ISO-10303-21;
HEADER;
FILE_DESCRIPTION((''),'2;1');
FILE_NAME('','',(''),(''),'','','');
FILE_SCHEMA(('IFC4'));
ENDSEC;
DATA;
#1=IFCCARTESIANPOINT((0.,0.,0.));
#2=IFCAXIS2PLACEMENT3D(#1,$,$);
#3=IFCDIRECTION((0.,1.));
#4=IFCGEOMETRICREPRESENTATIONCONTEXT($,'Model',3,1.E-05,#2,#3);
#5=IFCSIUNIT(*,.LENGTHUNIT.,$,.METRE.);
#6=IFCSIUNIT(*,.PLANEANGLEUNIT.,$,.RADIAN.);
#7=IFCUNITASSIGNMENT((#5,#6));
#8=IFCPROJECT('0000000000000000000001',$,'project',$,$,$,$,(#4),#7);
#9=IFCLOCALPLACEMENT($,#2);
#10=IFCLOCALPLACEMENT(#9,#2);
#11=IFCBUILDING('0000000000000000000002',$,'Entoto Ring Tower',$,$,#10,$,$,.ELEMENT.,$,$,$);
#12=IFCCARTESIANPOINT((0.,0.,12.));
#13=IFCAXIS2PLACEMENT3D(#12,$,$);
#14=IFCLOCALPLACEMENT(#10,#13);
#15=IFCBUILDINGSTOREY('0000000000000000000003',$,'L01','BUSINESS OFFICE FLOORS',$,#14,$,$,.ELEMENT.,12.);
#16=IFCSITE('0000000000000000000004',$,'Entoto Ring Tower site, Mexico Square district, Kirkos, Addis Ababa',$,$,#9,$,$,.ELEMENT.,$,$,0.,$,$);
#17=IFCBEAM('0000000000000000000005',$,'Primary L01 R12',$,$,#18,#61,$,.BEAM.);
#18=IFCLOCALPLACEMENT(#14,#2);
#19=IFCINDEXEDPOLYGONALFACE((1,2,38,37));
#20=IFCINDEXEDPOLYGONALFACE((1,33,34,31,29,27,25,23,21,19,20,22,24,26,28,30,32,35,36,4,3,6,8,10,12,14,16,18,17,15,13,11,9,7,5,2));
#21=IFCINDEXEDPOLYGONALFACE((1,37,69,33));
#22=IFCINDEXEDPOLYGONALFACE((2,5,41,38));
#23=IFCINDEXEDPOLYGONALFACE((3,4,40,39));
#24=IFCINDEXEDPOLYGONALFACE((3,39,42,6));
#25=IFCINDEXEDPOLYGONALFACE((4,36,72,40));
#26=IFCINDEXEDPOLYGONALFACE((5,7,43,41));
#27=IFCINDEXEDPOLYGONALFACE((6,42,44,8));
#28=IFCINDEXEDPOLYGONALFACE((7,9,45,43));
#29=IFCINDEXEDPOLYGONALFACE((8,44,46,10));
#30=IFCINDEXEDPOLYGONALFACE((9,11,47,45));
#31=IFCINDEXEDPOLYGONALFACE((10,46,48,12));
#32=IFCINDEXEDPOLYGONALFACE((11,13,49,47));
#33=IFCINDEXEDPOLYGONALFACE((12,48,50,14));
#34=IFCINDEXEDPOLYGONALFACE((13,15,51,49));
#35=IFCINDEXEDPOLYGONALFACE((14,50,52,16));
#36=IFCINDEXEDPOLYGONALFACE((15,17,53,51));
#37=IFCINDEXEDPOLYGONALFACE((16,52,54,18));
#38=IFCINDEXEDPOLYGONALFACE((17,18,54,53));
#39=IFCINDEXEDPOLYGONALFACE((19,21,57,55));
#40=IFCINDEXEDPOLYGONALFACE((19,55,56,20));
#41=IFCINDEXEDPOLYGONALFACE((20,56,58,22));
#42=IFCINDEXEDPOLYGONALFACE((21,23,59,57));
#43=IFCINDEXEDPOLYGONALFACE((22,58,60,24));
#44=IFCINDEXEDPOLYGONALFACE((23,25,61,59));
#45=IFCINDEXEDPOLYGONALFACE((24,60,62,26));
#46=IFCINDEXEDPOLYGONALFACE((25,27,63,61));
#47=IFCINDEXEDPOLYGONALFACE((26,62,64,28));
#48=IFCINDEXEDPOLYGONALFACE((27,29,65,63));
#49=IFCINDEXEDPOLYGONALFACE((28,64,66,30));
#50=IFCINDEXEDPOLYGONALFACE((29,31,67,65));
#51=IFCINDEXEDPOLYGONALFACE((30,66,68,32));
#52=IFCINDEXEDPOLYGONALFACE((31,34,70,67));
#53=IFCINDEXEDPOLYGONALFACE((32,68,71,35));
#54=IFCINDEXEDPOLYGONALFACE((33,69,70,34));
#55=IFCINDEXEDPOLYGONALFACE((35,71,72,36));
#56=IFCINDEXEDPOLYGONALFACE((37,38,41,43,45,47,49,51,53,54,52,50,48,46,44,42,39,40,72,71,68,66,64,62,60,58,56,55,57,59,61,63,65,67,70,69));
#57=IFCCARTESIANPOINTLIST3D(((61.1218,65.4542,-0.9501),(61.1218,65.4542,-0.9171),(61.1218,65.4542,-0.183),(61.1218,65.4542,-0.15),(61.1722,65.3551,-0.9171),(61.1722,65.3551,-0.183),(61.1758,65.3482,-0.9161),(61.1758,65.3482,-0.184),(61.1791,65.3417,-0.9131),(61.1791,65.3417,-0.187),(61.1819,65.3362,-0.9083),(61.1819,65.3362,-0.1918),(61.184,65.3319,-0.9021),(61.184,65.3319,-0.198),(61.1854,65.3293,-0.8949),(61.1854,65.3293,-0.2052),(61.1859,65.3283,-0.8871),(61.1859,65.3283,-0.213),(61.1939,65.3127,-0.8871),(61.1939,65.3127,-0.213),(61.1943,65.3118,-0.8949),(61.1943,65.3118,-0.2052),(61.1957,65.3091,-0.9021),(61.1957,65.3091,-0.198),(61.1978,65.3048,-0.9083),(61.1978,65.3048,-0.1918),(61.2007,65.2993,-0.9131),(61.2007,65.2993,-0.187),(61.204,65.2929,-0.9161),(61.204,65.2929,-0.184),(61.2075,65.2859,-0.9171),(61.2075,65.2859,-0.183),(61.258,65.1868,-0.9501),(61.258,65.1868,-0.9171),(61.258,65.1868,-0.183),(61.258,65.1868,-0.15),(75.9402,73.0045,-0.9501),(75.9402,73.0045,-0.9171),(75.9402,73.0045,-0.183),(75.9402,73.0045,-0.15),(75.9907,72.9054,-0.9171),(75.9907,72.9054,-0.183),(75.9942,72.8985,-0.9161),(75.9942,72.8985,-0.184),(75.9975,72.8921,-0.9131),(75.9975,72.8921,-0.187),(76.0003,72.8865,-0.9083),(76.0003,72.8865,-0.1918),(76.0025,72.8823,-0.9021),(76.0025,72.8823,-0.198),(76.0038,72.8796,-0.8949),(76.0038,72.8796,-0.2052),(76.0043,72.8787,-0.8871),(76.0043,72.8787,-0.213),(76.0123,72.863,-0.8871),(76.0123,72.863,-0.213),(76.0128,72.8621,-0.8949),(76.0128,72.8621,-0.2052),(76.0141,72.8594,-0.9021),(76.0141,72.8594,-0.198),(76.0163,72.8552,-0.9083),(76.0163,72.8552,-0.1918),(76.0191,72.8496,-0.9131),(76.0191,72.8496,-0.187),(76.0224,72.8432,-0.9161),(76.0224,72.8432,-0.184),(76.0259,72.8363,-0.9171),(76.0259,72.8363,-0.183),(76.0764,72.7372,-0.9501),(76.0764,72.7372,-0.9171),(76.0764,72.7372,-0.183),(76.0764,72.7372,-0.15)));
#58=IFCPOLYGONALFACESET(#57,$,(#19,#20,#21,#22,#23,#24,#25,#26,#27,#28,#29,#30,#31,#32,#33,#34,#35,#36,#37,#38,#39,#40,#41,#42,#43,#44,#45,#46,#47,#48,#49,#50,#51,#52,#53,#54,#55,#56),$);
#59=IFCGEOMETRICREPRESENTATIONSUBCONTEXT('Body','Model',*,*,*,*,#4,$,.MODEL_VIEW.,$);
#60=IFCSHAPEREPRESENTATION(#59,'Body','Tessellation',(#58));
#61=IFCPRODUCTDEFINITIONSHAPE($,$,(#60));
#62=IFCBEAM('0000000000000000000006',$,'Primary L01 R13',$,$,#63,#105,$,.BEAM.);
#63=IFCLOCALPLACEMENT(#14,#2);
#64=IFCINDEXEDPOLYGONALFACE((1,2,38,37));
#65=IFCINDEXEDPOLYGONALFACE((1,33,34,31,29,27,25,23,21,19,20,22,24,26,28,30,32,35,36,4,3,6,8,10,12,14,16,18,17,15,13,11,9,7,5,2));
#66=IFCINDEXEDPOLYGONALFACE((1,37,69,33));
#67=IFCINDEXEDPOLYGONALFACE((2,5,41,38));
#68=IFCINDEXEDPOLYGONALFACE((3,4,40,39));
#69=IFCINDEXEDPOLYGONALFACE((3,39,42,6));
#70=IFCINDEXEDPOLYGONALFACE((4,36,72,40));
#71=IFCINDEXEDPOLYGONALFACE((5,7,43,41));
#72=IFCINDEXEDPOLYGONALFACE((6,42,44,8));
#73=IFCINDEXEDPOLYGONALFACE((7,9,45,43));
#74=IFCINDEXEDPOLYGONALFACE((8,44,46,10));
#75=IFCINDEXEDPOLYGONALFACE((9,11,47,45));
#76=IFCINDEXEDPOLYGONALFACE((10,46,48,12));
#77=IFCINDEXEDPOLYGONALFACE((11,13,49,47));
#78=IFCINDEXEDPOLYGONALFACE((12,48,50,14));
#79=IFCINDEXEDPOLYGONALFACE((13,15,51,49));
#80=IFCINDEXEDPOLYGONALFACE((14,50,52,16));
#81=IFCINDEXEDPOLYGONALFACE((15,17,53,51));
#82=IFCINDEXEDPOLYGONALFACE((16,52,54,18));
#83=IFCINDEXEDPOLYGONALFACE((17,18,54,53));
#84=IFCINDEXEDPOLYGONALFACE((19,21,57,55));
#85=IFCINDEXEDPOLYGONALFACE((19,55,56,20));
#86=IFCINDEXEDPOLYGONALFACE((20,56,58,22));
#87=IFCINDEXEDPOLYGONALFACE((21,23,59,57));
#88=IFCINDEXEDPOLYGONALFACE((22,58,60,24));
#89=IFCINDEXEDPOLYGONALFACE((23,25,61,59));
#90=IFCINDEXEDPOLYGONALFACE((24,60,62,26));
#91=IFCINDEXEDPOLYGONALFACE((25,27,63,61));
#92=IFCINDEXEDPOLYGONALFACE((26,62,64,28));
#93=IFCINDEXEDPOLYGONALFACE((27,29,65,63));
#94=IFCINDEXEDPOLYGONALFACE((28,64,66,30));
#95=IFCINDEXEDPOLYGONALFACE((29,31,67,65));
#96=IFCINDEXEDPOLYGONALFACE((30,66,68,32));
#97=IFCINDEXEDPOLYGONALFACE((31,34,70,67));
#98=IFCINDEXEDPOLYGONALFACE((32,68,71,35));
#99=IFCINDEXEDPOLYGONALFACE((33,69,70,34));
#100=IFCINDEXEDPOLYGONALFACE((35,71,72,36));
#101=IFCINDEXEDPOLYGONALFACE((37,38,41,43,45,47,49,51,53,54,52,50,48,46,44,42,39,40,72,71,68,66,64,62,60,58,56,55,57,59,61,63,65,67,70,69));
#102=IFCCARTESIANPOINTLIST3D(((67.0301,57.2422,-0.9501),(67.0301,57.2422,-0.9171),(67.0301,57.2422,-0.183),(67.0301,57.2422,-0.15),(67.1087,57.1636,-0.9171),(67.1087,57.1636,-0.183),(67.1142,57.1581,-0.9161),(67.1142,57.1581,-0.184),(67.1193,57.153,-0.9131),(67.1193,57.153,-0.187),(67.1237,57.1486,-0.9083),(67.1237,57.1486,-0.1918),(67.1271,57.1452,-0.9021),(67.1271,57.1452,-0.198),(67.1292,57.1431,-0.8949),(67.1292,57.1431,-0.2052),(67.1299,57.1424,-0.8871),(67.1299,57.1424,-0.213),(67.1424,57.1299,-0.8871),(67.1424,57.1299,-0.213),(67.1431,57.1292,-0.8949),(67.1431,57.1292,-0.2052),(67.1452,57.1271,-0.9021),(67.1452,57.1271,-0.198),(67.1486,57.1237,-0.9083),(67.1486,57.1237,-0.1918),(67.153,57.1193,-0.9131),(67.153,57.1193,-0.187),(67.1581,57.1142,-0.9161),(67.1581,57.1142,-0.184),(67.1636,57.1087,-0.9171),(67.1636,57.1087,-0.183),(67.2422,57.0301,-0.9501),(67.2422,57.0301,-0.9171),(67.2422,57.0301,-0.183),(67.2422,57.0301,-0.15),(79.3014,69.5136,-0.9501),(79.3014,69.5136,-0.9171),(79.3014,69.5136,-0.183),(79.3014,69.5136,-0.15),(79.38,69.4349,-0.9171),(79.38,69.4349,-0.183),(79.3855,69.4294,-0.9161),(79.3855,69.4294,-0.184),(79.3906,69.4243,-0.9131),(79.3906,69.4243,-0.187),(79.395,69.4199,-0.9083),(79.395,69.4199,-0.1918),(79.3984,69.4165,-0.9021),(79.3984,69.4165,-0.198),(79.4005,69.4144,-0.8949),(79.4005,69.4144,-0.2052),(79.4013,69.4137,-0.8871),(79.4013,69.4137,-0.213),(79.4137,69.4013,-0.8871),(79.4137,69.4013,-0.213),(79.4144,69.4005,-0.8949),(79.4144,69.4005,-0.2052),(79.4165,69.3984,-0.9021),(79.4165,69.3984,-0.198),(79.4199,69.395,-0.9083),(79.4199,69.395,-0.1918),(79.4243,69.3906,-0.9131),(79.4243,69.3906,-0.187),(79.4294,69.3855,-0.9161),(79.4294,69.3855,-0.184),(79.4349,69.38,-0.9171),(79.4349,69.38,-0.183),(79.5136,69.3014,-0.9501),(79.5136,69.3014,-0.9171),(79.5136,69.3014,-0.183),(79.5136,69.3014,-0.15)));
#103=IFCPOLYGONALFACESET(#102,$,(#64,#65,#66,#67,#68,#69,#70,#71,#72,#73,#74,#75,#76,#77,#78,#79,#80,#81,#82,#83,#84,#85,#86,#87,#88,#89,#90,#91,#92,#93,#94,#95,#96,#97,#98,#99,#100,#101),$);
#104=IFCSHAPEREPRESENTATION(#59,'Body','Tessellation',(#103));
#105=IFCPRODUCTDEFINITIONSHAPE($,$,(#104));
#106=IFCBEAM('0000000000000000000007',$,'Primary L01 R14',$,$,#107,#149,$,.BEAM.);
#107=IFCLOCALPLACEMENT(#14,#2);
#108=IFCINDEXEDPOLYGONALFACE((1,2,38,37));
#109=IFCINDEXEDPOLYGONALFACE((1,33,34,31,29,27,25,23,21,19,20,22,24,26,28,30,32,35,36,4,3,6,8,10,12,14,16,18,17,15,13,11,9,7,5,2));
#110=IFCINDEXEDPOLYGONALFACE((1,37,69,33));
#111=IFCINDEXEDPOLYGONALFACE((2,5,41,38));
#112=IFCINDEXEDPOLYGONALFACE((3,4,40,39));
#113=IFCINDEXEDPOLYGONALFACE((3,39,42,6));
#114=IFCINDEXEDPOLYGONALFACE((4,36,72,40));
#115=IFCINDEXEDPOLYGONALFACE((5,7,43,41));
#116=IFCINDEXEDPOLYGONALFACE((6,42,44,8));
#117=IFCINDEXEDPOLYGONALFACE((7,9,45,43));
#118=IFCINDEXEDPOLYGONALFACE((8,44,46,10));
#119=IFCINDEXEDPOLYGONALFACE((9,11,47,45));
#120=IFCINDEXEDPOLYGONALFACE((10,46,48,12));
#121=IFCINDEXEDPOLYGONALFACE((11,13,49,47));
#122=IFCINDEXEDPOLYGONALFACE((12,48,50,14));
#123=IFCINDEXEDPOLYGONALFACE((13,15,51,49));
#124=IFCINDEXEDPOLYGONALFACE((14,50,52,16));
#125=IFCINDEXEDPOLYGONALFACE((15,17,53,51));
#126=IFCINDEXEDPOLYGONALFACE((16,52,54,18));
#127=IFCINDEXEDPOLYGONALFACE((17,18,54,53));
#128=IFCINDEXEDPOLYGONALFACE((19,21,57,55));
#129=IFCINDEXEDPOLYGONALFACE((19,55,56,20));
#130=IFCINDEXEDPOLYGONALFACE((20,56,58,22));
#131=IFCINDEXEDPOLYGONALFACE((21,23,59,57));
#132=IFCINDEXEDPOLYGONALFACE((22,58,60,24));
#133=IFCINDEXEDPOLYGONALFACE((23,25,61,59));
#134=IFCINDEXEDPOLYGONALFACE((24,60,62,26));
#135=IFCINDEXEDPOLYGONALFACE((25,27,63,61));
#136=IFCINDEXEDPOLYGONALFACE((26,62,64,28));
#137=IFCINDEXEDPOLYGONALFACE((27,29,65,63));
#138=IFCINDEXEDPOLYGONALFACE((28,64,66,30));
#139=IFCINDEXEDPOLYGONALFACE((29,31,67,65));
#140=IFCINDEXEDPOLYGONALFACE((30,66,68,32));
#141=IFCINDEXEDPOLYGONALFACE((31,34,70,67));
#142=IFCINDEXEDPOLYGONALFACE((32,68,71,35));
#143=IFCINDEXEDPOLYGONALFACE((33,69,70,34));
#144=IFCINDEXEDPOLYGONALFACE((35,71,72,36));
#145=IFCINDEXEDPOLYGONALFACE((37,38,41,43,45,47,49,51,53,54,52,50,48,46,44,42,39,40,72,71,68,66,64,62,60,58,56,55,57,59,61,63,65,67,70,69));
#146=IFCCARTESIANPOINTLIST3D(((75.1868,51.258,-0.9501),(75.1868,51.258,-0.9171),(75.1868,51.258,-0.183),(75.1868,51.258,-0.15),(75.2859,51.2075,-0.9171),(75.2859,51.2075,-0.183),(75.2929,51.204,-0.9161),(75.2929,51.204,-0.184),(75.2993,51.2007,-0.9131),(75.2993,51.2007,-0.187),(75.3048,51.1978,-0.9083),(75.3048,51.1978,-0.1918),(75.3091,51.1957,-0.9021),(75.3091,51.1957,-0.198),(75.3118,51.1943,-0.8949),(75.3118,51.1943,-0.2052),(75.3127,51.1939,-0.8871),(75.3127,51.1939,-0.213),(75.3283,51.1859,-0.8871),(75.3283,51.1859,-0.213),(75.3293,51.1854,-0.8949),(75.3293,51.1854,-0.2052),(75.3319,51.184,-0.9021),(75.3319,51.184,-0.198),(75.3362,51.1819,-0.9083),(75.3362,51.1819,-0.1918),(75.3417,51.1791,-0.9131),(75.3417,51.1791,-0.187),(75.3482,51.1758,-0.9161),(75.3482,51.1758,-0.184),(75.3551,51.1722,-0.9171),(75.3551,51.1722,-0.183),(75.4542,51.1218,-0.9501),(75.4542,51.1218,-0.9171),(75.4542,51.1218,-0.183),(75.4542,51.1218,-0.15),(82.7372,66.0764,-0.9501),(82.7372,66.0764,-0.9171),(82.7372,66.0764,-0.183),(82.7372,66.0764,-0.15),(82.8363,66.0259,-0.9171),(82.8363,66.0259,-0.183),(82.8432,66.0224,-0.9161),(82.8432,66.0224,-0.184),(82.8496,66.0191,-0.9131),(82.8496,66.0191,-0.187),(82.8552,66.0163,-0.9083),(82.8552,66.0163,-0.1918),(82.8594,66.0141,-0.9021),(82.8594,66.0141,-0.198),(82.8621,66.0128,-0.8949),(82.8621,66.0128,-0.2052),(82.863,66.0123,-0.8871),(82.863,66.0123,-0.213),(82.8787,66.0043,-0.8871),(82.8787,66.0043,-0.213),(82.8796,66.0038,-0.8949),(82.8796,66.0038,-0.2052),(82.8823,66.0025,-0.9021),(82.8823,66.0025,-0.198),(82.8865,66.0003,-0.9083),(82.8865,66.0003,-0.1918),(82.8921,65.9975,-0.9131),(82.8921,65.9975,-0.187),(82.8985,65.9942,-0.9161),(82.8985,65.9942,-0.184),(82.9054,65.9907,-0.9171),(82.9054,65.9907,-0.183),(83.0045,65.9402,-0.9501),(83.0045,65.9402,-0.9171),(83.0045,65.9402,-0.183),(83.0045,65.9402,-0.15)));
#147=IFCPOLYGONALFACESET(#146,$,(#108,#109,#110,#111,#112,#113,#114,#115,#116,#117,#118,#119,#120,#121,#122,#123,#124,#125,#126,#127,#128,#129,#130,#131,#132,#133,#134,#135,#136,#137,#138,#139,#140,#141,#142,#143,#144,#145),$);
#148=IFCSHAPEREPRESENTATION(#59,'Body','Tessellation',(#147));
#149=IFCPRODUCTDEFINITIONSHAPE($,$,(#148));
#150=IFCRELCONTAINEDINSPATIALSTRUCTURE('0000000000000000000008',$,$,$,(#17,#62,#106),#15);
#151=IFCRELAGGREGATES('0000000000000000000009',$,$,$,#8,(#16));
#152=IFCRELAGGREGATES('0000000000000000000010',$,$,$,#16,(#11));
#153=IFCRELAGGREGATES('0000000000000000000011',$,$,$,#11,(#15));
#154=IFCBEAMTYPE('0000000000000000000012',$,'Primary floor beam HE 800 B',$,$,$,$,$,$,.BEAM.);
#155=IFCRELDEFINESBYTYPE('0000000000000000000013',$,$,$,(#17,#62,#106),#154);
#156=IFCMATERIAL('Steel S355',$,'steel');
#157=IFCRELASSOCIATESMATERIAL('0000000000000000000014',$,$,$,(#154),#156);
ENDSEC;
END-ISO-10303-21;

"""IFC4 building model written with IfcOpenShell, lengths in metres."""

from ifc_helpers import new_model, si_unit, direction, frame, origin, origin_2d, place, context, subcontext, project, spatial, i_section, extrude, material, material_profile, profile_set, type_object, element, save


model = new_model("IFC4")

# Units and contexts
model_context = context("Model", 3, precision=1e-05, world=origin(), true_north=direction((0.0, 1.0)))
body_context = subcontext(model_context, "Body", "Model", "MODEL_VIEW")
ifc_project = project(units=[si_unit("LENGTHUNIT", "METRE"), si_unit("PLANEANGLEUNIT", "RADIAN")], contexts=[model_context])

# Site, building, storey
site_placement = place(None, origin())
site = spatial("IfcSite", under=ifc_project, at=site_placement, Name="Entoto Ring Tower site, Mexico Square district, Kirkos, Addis Ababa", CompositionType="ELEMENT", RefElevation=0.0)
building_placement = place(site_placement, origin())
building = spatial("IfcBuilding", under=site, at=building_placement, Name="Entoto Ring Tower", CompositionType="ELEMENT")
storey_placement = place(building_placement, frame((0.0, 0.0, 12.0)))
storey = spatial("IfcBuildingStorey", under=building, at=storey_placement, Name="L01", Description="BUSINESS OFFICE FLOORS", CompositionType="ELEMENT", Elevation=12.0)

# Beams
ifc_material_1 = material(Name="Steel S355", Category="steel")
ifc_material_profile_1 = material_profile(ifc_material_1, i_section(OverallWidth=0.3, OverallDepth=0.8, WebThickness=0.0176, FlangeThickness=0.033, FilletRadius=0.03, at=origin_2d()), Name="HE 800 B")
ifc_profile_set_1 = profile_set([ifc_material_profile_1], Name="Steel S355")
beam_type_1 = type_object("IfcBeamType", Name="Primary floor beam HE 800 B", PredefinedType="BEAM", material=ifc_profile_set_1)
beam_1_placement = place(storey_placement, frame((76.0083, 72.8708, -0.55), z_axis=(-0.891007, -0.453989, 0.0), x_axis=(0.453989, -0.891007, 0.0)))
element("IfcBeam", 1, at=beam_1_placement, inside=storey, type_object=beam_type_1, Name="Primary L01 R12", PredefinedType="BEAM", context=body_context, shape_type="SweptSolid", body=[
    extrude(i_section(OverallWidth=0.3, OverallDepth=0.8, WebThickness=0.0176, FlangeThickness=0.033, FilletRadius=0.03, at=origin_2d()), origin(), (0.0, 0.0, 1.0), 16.6311),
])
beam_2_placement = place(storey_placement, frame((79.4075, 69.4075, -0.55), z_axis=(-0.707107, -0.707107, 0.0), x_axis=(0.707107, -0.707107, 0.0)))
element("IfcBeam", 2, at=beam_2_placement, inside=storey, type_object=beam_type_1, Name="Primary L01 R13", PredefinedType="BEAM", context=body_context, shape_type="SweptSolid", body=[
    extrude(i_section(OverallWidth=0.3, OverallDepth=0.8, WebThickness=0.0176, FlangeThickness=0.033, FilletRadius=0.03, at=origin_2d()), origin(), (0.0, 0.0, 1.0), 17.3542),
])
beam_3_placement = place(storey_placement, frame((82.8708, 66.0083, -0.55), z_axis=(-0.453989, -0.891007, 0.0), x_axis=(0.891007, -0.453989, 0.0)))
element("IfcBeam", 3, at=beam_3_placement, inside=storey, type_object=beam_type_1, Name="Primary L01 R14", PredefinedType="BEAM", context=body_context, shape_type="SweptSolid", body=[
    extrude(i_section(OverallWidth=0.3, OverallDepth=0.8, WebThickness=0.0176, FlangeThickness=0.033, FilletRadius=0.03, at=origin_2d()), origin(), (0.0, 0.0, 1.0), 16.6311),
])

save(model, "model.ifc")
